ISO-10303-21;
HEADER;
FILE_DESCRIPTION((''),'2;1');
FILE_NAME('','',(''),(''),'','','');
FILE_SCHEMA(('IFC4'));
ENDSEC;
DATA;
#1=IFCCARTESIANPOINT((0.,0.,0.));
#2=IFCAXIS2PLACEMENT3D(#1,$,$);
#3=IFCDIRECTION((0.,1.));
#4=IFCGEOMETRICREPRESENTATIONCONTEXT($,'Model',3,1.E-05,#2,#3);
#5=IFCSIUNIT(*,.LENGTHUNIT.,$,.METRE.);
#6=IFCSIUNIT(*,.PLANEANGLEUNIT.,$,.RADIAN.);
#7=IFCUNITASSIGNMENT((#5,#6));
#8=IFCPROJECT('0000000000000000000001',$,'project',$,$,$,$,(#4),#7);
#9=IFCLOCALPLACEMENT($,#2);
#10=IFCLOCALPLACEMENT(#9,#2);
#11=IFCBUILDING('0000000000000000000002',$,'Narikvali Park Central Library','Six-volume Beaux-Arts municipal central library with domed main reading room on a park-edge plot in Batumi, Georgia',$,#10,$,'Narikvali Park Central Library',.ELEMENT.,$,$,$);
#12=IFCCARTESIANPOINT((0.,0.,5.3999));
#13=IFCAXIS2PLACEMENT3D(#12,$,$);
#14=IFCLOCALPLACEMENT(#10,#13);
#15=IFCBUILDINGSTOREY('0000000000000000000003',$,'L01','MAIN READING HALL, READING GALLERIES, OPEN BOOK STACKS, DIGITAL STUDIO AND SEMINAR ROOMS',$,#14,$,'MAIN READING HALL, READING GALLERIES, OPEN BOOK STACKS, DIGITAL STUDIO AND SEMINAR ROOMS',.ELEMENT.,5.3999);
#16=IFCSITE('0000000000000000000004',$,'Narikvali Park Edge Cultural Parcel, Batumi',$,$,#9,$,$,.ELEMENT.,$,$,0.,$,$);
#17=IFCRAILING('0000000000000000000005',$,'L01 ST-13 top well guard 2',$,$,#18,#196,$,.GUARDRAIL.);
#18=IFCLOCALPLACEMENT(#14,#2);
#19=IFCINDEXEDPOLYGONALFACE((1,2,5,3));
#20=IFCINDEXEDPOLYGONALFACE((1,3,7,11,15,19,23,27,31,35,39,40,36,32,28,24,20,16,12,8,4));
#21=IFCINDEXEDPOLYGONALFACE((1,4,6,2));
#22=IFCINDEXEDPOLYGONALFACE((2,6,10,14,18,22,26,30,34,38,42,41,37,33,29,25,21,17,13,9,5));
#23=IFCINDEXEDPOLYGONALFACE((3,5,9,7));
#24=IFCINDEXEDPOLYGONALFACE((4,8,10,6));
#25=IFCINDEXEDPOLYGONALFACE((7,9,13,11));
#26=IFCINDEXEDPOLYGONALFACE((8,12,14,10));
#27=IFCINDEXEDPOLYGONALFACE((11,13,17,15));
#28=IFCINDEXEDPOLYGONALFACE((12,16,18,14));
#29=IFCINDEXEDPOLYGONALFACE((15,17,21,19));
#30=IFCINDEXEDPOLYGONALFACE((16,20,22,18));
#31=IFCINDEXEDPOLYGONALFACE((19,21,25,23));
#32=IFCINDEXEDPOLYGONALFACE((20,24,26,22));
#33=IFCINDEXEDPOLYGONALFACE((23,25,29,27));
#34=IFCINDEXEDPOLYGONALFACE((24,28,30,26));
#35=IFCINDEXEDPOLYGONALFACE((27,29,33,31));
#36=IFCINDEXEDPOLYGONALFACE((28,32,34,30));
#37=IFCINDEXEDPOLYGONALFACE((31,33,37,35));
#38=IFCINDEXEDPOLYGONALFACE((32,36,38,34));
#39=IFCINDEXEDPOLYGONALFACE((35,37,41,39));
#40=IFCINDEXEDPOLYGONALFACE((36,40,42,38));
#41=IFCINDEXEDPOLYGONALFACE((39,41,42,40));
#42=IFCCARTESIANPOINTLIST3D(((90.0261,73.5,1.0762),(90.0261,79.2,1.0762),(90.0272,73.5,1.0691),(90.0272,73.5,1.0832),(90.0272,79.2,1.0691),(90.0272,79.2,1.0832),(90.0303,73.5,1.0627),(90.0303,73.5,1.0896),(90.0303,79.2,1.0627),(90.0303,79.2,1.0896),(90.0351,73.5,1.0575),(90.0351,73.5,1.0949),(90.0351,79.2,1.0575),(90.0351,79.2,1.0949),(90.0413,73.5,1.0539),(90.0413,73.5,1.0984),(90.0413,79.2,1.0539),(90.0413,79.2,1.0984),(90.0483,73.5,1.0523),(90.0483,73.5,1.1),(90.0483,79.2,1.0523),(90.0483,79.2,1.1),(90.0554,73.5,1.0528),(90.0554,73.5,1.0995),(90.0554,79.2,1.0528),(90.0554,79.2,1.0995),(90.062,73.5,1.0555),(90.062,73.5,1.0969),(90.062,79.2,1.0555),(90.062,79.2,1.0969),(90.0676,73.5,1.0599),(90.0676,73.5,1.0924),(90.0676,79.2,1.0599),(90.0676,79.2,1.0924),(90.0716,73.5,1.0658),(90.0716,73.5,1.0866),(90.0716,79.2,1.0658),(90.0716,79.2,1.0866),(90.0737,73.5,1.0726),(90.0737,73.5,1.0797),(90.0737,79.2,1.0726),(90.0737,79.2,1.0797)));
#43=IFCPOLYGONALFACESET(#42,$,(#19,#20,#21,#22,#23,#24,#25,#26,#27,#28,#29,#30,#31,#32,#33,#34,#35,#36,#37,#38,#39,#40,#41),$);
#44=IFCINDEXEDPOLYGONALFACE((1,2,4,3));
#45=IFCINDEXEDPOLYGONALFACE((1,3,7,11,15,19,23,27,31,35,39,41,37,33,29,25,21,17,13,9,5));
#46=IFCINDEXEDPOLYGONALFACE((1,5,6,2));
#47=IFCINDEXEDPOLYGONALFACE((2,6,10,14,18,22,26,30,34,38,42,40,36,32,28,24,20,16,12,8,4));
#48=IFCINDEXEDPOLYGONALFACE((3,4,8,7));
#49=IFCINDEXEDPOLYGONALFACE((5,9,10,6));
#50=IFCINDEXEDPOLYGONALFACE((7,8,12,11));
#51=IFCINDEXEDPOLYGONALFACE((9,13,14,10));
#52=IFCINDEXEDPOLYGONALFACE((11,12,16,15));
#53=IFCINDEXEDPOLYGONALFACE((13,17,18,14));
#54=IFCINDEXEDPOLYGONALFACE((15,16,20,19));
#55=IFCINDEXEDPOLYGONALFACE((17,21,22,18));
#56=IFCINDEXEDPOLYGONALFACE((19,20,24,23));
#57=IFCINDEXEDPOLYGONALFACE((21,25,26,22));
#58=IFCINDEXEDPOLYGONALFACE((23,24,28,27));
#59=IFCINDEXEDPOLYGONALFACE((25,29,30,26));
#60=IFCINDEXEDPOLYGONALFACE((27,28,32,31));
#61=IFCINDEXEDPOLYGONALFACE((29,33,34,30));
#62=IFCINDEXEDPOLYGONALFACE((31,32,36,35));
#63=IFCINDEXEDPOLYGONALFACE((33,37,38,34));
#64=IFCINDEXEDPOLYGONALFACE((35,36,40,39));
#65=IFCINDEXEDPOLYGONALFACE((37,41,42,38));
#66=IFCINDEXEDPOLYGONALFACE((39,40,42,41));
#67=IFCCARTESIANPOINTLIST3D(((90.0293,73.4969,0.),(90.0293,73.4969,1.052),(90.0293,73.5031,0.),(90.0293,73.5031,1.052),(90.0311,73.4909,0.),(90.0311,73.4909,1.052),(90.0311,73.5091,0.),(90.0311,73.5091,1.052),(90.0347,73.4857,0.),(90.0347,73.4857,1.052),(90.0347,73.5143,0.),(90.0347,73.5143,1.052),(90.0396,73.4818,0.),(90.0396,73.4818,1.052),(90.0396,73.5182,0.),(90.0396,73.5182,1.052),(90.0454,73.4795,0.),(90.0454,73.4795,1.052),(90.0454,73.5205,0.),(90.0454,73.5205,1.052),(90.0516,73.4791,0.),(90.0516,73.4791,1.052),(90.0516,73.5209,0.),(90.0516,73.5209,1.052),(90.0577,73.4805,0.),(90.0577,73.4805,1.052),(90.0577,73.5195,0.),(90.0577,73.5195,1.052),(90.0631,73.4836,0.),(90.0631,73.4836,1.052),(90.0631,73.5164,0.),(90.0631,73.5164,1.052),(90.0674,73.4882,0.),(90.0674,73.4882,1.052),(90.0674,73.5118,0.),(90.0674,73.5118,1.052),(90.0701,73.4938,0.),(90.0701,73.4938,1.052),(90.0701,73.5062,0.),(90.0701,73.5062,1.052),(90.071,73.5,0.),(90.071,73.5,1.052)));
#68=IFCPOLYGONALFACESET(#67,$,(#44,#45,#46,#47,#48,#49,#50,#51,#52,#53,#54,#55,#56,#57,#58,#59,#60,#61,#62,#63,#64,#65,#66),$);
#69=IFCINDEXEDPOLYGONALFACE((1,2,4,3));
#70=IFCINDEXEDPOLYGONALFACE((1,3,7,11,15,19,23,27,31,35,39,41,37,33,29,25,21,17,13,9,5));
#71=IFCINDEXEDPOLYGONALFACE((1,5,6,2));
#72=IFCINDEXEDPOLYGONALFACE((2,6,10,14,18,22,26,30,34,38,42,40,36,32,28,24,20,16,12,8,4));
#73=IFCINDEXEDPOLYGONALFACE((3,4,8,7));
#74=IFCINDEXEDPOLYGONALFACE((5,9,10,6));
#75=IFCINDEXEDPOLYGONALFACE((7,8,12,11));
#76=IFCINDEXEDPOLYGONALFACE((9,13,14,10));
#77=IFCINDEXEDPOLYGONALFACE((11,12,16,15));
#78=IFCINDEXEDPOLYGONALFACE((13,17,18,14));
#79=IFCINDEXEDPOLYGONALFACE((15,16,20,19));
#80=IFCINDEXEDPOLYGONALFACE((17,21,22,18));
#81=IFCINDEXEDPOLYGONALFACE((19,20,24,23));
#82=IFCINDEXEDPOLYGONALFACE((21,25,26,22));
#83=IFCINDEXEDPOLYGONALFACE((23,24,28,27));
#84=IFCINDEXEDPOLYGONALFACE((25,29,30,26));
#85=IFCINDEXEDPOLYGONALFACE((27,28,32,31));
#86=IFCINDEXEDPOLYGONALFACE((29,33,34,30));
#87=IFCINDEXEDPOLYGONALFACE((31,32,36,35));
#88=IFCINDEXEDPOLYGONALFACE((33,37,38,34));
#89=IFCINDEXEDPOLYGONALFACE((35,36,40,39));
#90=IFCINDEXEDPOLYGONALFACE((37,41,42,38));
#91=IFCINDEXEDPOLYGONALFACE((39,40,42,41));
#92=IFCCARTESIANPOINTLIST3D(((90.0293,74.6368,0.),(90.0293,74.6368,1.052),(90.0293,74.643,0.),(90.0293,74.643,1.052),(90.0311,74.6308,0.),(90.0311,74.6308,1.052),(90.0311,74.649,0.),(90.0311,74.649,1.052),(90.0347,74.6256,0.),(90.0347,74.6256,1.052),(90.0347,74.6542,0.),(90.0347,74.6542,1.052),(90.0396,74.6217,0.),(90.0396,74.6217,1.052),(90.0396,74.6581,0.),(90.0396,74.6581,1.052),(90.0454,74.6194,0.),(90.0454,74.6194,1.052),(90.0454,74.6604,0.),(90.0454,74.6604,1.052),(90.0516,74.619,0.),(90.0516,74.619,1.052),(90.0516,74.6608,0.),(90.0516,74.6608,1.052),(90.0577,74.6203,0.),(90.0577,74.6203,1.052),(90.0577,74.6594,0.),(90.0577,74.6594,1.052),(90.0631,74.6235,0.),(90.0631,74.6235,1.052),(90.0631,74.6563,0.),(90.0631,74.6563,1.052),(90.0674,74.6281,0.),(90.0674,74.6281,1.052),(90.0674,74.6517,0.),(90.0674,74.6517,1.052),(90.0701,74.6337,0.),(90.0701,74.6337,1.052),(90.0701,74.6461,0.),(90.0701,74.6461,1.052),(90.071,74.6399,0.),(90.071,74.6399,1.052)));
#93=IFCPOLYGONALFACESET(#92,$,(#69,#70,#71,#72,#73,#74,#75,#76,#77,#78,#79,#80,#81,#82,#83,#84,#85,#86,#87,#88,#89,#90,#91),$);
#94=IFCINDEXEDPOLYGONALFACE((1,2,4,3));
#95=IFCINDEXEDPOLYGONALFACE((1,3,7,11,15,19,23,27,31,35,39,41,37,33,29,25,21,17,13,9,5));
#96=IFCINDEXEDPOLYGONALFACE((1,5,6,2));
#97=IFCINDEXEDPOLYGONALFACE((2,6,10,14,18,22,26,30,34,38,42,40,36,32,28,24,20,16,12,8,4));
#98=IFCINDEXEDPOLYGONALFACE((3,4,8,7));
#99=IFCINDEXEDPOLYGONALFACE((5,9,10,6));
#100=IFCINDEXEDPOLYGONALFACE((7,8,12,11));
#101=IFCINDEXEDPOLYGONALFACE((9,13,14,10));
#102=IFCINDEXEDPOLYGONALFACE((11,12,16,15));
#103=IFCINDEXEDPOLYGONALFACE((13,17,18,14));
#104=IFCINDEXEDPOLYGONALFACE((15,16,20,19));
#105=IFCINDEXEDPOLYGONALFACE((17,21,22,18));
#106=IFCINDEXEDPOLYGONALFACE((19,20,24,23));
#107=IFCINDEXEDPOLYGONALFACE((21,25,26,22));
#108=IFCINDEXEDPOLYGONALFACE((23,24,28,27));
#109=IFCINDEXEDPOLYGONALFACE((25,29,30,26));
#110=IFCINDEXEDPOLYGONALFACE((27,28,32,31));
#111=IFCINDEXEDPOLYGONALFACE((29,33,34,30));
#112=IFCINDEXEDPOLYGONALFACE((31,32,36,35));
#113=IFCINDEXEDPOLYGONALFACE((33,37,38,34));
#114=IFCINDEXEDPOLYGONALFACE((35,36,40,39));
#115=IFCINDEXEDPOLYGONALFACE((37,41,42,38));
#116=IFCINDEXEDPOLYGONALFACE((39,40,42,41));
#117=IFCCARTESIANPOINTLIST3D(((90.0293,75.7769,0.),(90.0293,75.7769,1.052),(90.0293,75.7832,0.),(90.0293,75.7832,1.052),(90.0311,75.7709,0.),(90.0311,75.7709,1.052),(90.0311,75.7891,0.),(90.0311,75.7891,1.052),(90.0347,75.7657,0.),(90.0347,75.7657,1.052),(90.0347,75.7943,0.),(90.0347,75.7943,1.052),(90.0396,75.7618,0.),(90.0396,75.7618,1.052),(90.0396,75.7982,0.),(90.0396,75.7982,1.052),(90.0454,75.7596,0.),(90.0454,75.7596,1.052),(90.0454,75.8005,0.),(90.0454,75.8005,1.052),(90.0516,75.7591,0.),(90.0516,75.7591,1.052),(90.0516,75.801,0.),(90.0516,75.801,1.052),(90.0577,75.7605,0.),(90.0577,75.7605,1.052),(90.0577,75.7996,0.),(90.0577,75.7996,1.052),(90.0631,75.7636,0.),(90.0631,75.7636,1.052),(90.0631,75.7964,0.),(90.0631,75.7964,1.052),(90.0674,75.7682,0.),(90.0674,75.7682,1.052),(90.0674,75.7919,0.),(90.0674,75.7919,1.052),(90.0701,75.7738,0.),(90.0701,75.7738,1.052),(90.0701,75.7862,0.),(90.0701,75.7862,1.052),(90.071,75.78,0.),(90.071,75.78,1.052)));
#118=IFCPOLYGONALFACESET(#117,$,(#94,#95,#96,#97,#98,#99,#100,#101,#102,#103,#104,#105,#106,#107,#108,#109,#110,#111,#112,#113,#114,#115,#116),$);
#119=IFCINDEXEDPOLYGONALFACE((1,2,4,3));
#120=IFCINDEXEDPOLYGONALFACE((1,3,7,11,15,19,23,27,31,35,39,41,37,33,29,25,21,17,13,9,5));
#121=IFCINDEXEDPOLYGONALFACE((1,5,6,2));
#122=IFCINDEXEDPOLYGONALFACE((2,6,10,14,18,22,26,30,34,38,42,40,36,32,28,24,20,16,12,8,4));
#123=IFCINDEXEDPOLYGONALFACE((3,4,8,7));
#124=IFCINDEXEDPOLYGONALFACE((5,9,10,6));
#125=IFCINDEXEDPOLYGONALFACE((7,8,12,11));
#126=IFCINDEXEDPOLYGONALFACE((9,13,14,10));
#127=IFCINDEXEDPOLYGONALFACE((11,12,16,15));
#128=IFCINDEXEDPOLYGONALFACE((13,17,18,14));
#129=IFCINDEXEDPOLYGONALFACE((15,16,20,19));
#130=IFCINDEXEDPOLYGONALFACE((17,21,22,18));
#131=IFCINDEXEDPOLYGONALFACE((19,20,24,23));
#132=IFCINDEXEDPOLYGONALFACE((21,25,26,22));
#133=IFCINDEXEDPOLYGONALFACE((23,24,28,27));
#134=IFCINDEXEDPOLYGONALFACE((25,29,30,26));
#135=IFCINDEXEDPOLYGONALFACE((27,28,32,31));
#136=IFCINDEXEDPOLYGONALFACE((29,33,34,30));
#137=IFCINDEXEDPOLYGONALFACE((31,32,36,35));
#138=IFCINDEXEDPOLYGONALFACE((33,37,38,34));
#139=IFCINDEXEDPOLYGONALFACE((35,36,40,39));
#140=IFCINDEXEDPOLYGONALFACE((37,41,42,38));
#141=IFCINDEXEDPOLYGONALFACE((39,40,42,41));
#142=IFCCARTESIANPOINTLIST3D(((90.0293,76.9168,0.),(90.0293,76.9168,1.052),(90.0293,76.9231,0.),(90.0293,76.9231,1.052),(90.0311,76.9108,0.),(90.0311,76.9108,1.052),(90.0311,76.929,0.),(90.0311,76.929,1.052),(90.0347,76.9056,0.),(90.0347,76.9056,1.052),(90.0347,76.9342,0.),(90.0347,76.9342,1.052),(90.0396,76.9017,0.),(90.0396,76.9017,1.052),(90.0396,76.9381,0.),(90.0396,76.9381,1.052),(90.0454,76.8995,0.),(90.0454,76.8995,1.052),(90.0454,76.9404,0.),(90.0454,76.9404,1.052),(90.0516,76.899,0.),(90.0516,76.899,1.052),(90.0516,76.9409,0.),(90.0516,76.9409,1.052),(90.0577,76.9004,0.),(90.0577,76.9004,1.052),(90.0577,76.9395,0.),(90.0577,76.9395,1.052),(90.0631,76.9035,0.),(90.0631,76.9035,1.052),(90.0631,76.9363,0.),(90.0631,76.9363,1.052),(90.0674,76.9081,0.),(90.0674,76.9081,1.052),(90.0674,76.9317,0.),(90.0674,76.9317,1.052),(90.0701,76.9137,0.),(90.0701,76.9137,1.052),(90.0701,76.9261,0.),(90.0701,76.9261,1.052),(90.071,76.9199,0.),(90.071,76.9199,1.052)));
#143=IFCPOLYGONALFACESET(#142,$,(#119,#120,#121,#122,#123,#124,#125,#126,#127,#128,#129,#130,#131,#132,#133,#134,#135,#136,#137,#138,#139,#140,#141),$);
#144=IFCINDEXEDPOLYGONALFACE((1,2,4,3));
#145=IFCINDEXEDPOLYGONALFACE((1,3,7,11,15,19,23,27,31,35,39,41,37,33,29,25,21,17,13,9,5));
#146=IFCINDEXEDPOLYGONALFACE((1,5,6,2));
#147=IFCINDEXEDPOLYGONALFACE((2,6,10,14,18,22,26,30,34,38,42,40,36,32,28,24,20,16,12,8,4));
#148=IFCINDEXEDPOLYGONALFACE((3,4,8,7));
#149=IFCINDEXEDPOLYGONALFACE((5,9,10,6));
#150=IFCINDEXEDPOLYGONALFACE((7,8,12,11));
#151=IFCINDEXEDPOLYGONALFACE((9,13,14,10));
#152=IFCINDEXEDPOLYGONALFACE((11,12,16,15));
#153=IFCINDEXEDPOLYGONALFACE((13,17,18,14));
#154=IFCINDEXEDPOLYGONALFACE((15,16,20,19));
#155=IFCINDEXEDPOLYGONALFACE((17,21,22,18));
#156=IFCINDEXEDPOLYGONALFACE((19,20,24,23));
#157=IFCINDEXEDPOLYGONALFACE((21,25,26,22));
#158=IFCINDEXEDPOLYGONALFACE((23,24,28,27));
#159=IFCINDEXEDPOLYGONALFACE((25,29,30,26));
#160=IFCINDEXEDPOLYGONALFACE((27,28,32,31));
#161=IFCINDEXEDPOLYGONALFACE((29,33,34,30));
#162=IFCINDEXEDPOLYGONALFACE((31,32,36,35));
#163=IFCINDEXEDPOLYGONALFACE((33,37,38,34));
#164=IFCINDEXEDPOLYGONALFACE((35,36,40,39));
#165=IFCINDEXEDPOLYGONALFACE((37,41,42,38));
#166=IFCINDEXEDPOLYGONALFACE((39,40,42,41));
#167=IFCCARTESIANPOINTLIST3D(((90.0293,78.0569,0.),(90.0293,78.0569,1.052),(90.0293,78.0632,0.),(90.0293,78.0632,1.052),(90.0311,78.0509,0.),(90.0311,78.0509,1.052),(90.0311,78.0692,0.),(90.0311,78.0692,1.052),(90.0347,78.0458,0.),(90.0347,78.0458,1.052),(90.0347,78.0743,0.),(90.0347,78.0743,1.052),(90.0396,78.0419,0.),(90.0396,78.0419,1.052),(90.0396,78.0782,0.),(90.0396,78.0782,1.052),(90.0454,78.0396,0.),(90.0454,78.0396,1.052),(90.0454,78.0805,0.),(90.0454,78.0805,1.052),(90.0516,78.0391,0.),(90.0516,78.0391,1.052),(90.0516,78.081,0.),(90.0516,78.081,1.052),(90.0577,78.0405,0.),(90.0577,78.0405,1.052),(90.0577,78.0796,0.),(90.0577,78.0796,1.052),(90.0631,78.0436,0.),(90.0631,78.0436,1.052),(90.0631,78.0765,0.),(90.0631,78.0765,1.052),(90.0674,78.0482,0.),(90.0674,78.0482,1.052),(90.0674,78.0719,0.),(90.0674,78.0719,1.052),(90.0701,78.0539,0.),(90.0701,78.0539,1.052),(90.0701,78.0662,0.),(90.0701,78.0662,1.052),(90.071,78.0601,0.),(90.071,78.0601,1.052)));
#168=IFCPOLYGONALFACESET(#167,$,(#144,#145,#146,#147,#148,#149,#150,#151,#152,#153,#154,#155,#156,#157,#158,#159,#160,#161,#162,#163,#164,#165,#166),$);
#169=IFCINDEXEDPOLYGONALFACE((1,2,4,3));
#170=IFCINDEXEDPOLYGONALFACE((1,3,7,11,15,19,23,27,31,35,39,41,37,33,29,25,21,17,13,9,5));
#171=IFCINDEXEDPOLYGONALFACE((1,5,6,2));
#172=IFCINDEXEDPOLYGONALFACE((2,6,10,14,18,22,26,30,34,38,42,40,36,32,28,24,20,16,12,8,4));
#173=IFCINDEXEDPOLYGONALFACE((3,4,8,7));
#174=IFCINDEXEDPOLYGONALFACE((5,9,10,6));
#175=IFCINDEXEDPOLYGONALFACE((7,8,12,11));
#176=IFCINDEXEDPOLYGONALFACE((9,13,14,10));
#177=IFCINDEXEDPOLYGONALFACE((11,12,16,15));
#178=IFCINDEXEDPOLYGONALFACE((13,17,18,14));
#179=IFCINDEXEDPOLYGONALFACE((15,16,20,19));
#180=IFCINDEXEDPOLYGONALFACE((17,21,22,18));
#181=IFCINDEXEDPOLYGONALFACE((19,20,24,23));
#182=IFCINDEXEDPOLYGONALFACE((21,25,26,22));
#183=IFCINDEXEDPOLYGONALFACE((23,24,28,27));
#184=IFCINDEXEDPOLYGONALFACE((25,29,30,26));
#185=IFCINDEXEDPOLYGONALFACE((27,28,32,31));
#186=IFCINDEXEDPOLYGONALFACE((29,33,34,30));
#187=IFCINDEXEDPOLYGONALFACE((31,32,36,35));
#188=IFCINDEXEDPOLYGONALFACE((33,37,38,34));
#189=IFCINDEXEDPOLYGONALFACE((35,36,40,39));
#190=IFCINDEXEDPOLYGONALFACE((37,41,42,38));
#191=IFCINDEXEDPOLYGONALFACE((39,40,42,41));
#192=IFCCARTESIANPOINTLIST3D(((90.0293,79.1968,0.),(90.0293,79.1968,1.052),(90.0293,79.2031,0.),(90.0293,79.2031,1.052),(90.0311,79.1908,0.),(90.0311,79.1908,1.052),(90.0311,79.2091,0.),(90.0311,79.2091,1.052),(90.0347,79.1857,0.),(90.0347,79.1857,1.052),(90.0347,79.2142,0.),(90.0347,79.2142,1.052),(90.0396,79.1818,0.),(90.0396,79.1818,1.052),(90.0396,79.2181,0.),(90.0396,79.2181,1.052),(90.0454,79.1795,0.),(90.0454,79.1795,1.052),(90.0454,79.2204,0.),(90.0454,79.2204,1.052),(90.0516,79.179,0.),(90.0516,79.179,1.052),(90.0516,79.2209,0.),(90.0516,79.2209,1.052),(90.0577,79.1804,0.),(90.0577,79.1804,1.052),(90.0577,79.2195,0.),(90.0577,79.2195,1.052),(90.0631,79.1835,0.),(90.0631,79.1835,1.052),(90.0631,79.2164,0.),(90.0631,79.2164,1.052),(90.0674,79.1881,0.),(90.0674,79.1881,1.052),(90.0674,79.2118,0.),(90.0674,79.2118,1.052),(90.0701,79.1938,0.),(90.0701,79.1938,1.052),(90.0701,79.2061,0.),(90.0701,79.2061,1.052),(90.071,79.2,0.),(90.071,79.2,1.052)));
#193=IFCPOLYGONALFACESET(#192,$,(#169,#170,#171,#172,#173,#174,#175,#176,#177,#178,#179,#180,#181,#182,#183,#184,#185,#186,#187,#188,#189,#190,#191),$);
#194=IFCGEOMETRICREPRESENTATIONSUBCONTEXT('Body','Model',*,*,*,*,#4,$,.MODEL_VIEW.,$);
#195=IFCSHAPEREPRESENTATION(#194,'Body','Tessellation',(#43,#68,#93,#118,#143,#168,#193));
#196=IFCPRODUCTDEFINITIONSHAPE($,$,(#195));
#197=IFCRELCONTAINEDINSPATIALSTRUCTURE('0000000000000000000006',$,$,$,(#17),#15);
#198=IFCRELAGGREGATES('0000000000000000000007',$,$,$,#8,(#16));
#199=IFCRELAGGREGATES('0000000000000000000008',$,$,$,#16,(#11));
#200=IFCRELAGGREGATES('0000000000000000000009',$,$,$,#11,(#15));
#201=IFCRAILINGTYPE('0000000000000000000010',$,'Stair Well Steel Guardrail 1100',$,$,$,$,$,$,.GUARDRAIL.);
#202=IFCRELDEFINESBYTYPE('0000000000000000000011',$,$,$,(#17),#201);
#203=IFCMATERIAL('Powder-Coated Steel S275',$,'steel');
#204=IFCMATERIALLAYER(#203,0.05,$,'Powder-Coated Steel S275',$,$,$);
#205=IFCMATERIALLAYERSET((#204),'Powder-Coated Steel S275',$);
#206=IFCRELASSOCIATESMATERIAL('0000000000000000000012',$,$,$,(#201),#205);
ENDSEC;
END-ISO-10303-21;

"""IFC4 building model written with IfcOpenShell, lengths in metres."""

from ifc_helpers import new_model, si_unit, direction, frame, origin, origin_2d, place, context, subcontext, project, spatial, circle, extrude, material, layer, layer_set, type_object, element, save


model = new_model("IFC4")

# Units and contexts
model_context = context("Model", 3, precision=1e-05, world=origin(), true_north=direction((0.0, 1.0)))
body_context = subcontext(model_context, "Body", "Model", "MODEL_VIEW")
ifc_project = project(units=[si_unit("LENGTHUNIT", "METRE"), si_unit("PLANEANGLEUNIT", "RADIAN")], contexts=[model_context])

# Site, building, storey
site_placement = place(None, origin())
site = spatial("IfcSite", under=ifc_project, at=site_placement, Name="Narikvali Park Edge Cultural Parcel, Batumi", CompositionType="ELEMENT", RefElevation=0.0)
building_placement = place(site_placement, origin())
building = spatial("IfcBuilding", under=site, at=building_placement, Name="Narikvali Park Central Library", Description="Six-volume Beaux-Arts municipal central library with domed main reading room on a park-edge plot in Batumi, Georgia", LongName="Narikvali Park Central Library", CompositionType="ELEMENT")
storey_placement = place(building_placement, frame((0.0, 0.0, 5.3999)))
storey = spatial("IfcBuildingStorey", under=building, at=storey_placement, Name="L01", Description="MAIN READING HALL, READING GALLERIES, OPEN BOOK STACKS, DIGITAL STUDIO AND SEMINAR ROOMS", LongName="MAIN READING HALL, READING GALLERIES, OPEN BOOK STACKS, DIGITAL STUDIO AND SEMINAR ROOMS", CompositionType="ELEMENT", Elevation=5.3999)

# Railing
ifc_material_1 = material(Name="Powder-Coated Steel S275", Category="steel")
ifc_layer_1 = layer(ifc_material_1, 0.05, Name="Powder-Coated Steel S275")
ifc_layer_set_1 = layer_set([ifc_layer_1], Name="Powder-Coated Steel S275")
railing_type = type_object("IfcRailingType", Name="Stair Well Steel Guardrail 1100", PredefinedType="GUARDRAIL", material=ifc_layer_set_1)
railing_1_placement = place(storey_placement, frame((90.05, 73.5, 0.0)))
element("IfcRailing", 1, at=railing_1_placement, inside=storey, type_object=railing_type, Name="L01 ST-13 top well guard 2", PredefinedType="GUARDRAIL", context=body_context, shape_type="SweptSolid", body=[
    extrude(circle(Radius=0.0239, at=origin_2d()), frame((0.0, 0.0, 1.0762), z_axis=(0.0, 1.0, 0.0), x_axis=(-1.0, 0.0, 0.0)), (0.0, 0.0, 1.0), 5.7),
    extrude(circle(Radius=0.021, at=origin_2d()), origin(), (0.0, 0.0, 1.0), 1.052),
    extrude(circle(Radius=0.021, at=origin_2d()), frame((0.0, 1.1399, 0.0)), (0.0, 0.0, 1.0), 1.052),
    extrude(circle(Radius=0.021, at=origin_2d()), frame((0.0, 2.28, 0.0)), (0.0, 0.0, 1.0), 1.052),
    extrude(circle(Radius=0.021, at=origin_2d()), frame((0.0, 3.4199, 0.0)), (0.0, 0.0, 1.0), 1.052),
    extrude(circle(Radius=0.021, at=origin_2d()), frame((0.0, 4.5601, 0.0)), (0.0, 0.0, 1.0), 1.052),
    extrude(circle(Radius=0.021, at=origin_2d()), frame((0.0, 5.7, 0.0)), (0.0, 0.0, 1.0), 1.052),
])

save(model, "model.ifc")
